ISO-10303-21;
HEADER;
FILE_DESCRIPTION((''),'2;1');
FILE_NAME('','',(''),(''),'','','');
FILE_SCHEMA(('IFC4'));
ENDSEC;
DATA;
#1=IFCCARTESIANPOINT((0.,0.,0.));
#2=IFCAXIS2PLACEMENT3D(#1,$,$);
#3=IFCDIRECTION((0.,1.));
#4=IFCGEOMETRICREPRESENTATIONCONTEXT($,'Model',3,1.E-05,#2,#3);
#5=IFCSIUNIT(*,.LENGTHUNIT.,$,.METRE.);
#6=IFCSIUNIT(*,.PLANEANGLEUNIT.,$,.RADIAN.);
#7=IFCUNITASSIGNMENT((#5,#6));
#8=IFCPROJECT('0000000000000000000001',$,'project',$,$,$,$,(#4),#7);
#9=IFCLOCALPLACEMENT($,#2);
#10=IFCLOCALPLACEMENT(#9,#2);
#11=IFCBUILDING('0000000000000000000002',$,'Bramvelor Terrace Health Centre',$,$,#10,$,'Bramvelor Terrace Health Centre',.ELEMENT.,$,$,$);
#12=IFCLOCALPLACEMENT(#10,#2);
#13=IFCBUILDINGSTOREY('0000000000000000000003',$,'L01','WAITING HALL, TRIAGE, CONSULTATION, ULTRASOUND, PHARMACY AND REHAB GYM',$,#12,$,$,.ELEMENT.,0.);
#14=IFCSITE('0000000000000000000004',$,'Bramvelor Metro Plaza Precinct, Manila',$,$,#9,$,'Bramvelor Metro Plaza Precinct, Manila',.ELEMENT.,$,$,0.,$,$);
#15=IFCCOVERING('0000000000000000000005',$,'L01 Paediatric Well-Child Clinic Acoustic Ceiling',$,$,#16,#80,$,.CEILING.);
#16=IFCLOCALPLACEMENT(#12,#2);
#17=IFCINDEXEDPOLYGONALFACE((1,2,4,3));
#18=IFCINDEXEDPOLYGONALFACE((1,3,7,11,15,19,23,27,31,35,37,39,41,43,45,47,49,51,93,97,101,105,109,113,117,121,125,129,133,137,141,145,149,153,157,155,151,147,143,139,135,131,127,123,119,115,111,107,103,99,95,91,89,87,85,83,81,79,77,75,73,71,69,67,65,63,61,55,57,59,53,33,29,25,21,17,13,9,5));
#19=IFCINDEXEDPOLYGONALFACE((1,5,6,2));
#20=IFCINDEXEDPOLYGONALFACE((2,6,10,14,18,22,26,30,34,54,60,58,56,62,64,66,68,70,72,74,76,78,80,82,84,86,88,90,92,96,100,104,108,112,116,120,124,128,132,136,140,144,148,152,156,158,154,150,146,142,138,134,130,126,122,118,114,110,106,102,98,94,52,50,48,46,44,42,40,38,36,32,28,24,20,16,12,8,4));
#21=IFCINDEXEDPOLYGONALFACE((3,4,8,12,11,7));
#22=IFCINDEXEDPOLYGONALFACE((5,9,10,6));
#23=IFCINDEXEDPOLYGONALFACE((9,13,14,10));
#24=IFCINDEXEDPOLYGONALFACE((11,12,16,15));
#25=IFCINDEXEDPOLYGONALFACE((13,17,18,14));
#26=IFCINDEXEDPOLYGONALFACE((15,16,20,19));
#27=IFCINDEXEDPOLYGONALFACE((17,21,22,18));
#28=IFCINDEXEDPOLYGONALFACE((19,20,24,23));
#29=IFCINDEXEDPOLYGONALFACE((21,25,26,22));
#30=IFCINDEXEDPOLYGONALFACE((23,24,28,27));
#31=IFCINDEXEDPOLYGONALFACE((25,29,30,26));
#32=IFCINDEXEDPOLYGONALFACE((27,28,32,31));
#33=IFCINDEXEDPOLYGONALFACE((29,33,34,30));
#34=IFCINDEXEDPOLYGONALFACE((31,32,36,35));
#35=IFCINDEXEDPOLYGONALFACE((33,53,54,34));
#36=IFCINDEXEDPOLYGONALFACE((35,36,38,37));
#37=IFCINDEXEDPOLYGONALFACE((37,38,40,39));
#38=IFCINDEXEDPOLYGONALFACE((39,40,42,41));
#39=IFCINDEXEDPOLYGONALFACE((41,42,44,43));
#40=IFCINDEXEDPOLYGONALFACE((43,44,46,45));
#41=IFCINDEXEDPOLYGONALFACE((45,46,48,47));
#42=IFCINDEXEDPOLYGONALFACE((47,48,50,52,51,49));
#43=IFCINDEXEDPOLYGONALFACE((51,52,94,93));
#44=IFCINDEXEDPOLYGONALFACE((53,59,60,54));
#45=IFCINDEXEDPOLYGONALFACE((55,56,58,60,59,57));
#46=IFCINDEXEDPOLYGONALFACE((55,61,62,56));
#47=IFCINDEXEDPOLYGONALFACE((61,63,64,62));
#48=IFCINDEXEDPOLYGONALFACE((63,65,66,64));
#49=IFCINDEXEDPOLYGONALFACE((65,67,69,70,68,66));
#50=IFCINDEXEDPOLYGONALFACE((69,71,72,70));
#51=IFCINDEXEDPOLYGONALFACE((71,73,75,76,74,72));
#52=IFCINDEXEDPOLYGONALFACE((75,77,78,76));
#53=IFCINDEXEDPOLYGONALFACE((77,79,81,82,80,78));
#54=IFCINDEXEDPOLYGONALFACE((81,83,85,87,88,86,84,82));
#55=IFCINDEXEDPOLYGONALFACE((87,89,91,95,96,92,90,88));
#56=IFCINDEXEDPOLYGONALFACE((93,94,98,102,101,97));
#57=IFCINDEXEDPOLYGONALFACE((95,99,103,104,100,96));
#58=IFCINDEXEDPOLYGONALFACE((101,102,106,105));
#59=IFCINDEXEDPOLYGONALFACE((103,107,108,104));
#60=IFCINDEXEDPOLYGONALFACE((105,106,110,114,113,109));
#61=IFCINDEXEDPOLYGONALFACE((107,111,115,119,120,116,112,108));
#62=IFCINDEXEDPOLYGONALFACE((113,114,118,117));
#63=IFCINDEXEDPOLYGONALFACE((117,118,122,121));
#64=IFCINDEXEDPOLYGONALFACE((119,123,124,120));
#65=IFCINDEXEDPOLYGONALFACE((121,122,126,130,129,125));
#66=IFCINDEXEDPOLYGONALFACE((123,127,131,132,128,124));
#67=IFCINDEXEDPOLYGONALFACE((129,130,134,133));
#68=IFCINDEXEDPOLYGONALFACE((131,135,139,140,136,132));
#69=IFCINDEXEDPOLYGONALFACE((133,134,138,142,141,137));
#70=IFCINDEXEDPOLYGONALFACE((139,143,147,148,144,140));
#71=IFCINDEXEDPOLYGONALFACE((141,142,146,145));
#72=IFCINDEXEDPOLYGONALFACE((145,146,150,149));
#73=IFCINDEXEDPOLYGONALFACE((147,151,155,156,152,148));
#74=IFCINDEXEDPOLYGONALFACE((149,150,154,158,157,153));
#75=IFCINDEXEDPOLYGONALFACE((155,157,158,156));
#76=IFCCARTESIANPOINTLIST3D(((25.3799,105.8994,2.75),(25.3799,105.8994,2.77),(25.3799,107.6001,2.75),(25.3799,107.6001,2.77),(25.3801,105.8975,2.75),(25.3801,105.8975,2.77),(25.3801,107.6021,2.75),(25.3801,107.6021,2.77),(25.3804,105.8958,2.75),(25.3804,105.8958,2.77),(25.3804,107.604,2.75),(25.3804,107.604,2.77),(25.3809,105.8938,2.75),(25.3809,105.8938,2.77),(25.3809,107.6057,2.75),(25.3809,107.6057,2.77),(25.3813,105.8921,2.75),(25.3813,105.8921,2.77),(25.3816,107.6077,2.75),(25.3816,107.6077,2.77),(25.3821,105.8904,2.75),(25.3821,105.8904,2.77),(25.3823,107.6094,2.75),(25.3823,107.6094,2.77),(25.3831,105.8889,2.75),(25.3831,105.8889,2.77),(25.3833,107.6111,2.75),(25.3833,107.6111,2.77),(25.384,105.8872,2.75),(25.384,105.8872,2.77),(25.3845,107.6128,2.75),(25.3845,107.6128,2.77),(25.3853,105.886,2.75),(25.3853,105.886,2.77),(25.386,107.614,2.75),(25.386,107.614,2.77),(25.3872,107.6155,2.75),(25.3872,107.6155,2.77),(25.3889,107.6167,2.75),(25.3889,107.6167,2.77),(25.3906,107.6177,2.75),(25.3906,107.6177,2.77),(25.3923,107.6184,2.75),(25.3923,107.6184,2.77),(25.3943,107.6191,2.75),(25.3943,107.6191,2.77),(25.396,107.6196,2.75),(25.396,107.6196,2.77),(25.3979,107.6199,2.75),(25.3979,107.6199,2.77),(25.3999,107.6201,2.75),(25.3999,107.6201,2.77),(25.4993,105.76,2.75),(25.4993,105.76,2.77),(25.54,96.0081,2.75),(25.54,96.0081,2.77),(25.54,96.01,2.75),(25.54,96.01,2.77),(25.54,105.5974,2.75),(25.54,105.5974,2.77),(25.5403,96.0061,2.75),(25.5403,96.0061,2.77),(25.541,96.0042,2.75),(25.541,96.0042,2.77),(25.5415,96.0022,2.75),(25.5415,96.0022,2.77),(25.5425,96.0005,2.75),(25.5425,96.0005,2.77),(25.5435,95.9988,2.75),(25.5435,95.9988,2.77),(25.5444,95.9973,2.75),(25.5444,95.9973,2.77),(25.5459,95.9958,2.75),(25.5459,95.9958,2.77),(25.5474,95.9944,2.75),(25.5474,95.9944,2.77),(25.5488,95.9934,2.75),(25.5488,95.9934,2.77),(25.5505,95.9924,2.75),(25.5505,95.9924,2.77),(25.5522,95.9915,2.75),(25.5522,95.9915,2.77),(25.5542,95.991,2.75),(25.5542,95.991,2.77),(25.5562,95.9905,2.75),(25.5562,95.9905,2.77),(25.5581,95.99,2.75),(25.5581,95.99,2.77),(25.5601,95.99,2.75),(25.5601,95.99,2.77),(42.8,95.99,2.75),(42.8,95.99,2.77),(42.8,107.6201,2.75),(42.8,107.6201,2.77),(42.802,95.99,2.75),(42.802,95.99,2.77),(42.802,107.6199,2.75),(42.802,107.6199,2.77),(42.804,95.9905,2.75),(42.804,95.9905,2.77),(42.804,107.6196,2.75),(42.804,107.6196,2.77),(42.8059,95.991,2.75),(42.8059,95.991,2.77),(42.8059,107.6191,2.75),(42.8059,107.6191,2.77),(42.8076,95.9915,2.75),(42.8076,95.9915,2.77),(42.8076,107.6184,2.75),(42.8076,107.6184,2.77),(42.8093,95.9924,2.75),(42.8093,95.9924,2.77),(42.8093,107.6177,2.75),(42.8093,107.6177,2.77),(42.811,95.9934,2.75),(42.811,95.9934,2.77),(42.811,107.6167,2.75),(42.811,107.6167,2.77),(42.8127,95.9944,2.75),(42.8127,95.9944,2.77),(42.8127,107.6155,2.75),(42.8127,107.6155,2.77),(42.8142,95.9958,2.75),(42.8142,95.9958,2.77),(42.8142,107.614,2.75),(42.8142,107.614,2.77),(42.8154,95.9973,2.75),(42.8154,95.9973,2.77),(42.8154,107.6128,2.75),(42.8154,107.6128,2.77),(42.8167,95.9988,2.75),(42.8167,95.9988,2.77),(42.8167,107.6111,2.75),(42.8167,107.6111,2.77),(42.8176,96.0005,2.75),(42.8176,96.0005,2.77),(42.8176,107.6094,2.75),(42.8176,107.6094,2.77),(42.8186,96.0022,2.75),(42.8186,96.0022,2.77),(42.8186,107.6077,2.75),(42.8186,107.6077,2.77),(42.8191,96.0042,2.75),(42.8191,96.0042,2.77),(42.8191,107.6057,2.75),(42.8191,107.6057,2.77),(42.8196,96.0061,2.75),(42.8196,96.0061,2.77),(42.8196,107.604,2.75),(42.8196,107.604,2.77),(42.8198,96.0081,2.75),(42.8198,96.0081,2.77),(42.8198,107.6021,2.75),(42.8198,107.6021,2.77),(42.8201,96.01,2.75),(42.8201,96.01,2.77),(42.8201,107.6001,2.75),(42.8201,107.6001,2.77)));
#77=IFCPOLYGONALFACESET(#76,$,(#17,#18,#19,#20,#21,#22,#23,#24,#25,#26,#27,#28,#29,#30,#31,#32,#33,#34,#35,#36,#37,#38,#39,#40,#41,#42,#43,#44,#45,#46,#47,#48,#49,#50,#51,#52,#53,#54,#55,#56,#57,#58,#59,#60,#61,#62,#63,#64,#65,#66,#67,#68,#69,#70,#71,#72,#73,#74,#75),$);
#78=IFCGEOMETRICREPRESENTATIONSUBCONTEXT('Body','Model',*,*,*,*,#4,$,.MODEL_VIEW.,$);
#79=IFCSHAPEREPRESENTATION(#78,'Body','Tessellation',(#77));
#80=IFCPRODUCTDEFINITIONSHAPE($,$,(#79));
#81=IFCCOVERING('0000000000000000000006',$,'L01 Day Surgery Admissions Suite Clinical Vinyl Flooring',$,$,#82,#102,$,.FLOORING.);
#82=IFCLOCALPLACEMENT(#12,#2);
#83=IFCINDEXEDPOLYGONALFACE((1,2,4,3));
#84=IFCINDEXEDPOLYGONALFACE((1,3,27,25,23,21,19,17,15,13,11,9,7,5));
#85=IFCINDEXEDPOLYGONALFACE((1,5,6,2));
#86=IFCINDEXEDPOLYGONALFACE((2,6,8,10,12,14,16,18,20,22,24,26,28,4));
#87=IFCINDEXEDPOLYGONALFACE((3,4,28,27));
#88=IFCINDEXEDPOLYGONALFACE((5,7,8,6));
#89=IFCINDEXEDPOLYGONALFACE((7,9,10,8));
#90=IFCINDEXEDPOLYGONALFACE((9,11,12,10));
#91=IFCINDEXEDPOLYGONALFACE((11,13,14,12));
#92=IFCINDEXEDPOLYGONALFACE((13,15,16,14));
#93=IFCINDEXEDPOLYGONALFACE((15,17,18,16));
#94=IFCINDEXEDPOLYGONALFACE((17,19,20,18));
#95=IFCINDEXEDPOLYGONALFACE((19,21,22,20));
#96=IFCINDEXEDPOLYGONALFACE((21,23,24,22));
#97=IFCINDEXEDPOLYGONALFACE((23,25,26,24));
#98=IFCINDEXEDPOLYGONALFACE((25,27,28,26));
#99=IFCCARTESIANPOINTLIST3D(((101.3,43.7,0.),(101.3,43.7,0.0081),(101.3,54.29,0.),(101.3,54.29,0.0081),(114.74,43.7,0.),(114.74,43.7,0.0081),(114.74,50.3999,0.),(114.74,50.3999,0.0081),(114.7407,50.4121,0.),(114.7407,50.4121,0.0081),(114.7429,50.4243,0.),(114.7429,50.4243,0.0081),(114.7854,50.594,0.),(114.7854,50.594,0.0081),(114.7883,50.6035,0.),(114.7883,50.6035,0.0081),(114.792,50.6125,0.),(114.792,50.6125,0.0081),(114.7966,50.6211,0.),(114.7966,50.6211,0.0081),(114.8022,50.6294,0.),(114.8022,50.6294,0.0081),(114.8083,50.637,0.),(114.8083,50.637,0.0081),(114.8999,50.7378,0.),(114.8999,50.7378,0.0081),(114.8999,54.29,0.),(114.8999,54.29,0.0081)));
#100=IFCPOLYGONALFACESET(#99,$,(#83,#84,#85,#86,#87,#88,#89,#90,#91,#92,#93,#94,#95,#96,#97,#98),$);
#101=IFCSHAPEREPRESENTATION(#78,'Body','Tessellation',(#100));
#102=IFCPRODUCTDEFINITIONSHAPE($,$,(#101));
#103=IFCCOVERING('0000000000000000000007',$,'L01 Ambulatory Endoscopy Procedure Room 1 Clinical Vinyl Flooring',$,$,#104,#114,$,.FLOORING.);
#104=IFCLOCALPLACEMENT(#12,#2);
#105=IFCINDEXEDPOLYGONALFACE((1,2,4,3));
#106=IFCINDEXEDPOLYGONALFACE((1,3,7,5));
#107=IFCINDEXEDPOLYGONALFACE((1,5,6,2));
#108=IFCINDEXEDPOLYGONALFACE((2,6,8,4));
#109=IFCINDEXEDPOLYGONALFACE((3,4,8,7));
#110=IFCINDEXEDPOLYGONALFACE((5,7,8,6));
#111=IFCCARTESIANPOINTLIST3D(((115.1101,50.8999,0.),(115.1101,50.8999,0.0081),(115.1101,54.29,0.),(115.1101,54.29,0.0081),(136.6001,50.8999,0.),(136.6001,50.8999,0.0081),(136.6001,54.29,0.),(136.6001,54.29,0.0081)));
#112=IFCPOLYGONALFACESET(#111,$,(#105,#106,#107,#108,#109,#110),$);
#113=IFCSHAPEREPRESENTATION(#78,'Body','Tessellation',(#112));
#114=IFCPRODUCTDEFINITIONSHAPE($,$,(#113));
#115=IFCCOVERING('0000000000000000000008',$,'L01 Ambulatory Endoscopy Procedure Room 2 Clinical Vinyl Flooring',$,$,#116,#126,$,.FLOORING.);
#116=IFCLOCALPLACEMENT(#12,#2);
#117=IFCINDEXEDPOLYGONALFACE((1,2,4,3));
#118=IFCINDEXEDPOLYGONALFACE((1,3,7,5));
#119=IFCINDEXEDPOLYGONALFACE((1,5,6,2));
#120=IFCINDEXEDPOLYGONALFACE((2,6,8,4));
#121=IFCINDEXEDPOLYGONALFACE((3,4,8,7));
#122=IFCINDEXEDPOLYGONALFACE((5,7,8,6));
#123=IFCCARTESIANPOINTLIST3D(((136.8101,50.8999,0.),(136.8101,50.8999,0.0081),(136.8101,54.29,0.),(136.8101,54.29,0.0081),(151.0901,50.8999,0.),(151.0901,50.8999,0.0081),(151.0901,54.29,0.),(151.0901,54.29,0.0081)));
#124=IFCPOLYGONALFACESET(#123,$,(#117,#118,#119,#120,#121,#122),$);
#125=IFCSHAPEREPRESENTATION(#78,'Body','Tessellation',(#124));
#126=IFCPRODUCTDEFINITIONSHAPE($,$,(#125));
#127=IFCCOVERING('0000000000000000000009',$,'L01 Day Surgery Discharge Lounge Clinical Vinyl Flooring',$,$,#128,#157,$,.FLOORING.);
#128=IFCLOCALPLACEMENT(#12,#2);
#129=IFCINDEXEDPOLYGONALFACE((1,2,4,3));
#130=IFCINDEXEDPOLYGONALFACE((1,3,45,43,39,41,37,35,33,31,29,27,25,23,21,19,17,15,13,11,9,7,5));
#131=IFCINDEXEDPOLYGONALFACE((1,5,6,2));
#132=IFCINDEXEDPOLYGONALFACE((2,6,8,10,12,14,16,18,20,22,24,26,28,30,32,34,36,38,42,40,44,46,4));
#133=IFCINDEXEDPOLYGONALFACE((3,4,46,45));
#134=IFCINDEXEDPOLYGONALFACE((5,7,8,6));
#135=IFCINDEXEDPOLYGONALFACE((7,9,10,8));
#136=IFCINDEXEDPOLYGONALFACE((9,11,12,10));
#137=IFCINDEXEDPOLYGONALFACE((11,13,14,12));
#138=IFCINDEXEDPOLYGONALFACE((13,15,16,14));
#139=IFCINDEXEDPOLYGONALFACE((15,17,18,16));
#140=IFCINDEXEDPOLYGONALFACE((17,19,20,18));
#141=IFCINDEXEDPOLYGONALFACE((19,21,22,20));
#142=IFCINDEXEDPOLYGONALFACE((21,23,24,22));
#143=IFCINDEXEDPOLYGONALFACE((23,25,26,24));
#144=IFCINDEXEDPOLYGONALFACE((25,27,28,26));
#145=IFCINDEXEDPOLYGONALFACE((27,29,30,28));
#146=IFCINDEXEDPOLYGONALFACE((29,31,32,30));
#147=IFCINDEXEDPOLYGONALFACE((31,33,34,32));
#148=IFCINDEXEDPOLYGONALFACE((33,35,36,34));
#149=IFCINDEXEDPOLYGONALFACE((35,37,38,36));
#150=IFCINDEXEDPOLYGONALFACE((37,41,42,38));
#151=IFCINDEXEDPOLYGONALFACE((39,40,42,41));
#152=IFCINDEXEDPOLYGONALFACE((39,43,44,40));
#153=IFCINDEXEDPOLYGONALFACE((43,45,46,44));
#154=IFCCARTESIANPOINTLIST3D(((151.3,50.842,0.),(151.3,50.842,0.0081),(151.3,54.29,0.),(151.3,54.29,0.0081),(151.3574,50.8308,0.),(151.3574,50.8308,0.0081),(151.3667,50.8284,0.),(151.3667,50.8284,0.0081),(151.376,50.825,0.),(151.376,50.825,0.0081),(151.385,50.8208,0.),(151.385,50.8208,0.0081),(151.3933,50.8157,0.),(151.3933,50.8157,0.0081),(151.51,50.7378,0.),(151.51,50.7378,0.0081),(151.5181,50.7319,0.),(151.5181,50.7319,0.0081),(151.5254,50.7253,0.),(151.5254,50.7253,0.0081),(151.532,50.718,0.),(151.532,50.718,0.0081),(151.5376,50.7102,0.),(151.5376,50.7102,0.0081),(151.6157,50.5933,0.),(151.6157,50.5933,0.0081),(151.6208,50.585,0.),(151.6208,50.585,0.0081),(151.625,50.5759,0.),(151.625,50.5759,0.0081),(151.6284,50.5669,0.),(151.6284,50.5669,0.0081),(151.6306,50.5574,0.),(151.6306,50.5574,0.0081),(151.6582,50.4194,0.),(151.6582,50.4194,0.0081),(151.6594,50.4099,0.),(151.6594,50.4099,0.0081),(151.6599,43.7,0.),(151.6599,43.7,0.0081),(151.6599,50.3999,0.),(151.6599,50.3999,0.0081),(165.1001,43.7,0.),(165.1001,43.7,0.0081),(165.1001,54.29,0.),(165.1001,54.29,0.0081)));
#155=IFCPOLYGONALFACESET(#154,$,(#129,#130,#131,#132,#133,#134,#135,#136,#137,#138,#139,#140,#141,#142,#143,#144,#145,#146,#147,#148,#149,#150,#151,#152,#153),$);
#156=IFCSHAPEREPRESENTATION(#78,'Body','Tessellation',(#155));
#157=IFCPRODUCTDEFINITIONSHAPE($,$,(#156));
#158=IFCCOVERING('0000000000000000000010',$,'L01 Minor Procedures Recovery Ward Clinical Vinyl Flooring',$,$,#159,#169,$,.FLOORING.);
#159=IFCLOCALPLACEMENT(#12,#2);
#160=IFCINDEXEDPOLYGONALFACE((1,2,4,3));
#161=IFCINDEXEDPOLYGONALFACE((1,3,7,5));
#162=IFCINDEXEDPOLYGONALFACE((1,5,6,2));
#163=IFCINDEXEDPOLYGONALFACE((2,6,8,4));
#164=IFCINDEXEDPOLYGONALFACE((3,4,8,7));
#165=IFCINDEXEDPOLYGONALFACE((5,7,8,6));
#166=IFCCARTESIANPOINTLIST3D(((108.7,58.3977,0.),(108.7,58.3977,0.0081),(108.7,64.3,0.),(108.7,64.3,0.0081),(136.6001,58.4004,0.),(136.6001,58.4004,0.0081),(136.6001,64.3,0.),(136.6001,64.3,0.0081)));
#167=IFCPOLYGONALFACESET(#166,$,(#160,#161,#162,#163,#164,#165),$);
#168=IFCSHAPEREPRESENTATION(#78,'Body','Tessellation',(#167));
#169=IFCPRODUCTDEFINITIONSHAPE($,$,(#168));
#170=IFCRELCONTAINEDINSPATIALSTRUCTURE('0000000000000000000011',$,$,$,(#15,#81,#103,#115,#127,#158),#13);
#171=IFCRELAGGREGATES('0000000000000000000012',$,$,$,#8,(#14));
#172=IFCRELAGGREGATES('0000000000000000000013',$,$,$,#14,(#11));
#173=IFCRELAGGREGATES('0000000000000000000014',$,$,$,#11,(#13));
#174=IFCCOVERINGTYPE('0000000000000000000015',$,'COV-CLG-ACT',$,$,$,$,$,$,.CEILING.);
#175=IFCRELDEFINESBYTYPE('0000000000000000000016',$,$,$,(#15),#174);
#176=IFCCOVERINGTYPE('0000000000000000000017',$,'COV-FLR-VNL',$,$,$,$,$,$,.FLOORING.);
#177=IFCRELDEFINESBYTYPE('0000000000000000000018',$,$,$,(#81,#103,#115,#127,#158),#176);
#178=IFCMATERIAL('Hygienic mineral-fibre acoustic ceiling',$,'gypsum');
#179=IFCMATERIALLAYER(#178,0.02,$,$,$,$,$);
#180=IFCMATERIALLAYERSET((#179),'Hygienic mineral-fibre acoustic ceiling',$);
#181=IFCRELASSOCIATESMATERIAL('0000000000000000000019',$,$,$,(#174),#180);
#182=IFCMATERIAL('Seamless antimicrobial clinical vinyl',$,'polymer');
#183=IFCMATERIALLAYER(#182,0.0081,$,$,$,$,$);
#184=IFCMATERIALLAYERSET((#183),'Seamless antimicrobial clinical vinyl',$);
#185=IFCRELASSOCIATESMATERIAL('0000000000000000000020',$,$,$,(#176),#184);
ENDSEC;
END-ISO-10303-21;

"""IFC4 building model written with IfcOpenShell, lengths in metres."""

from ifc_helpers import new_model, si_unit, direction, frame, origin, place, context, subcontext, project, spatial, polyline, outline, extrude, material, layer, layer_set, type_object, element, save


model = new_model("IFC4")

# Units and contexts
model_context = context("Model", 3, precision=1e-05, world=origin(), true_north=direction((0.0, 1.0)))
body_context = subcontext(model_context, "Body", "Model", "MODEL_VIEW")
ifc_project = project(units=[si_unit("LENGTHUNIT", "METRE"), si_unit("PLANEANGLEUNIT", "RADIAN")], contexts=[model_context])

# Site, building, storey
site_placement = place(None, origin())
site = spatial("IfcSite", under=ifc_project, at=site_placement, Name="Bramvelor Metro Plaza Precinct, Manila", LongName="Bramvelor Metro Plaza Precinct, Manila", CompositionType="ELEMENT", RefElevation=0.0)
building_placement = place(site_placement, origin())
building = spatial("IfcBuilding", under=site, at=building_placement, Name="Bramvelor Terrace Health Centre", LongName="Bramvelor Terrace Health Centre", CompositionType="ELEMENT")
storey_placement = place(building_placement, origin())
storey = spatial("IfcBuildingStorey", under=building, at=storey_placement, Name="L01", Description="WAITING HALL, TRIAGE, CONSULTATION, ULTRASOUND, PHARMACY AND REHAB GYM", CompositionType="ELEMENT", Elevation=0.0)

# Coverings
ifc_material_1 = material(Name="Hygienic mineral-fibre acoustic ceiling", Category="gypsum")
ifc_layer_1 = layer(ifc_material_1, 0.02)
ifc_layer_set_1 = layer_set([ifc_layer_1], Name="Hygienic mineral-fibre acoustic ceiling")
covering_type_1 = type_object("IfcCoveringType", Name="COV-CLG-ACT", PredefinedType="CEILING", material=ifc_layer_set_1)
covering_1_placement = place(storey_placement, frame((0.0, 0.0, 2.75)))
element("IfcCovering", 1, at=covering_1_placement, inside=storey, type_object=covering_type_1, Name="L01 Paediatric Well-Child Clinic Acoustic Ceiling", PredefinedType="CEILING", context=body_context, shape_type="SweptSolid", body=[
    extrude(outline(polyline([(42.8, 107.6201), (42.802, 107.6199), (42.804, 107.6196), (42.8059, 107.6191), (42.8076, 107.6184), (42.8093, 107.6177), (42.811, 107.6167), (42.8127, 107.6155), (42.8142, 107.614), (42.8154, 107.6128), (42.8167, 107.6111), (42.8176, 107.6094), (42.8186, 107.6077), (42.8191, 107.6057), (42.8196, 107.604), (42.8198, 107.6021), (42.8201, 107.6001), (42.8201, 96.01), (42.8198, 96.0081), (42.8196, 96.0061), (42.8191, 96.0042), (42.8186, 96.0022), (42.8176, 96.0005), (42.8167, 95.9988), (42.8154, 95.9973), (42.8142, 95.9958), (42.8127, 95.9944), (42.811, 95.9934), (42.8093, 95.9924), (42.8076, 95.9915), (42.8059, 95.991), (42.804, 95.9905), (42.802, 95.99), (42.8, 95.99), (25.5601, 95.99), (25.5581, 95.99), (25.5562, 95.9905), (25.5542, 95.991), (25.5522, 95.9915), (25.5505, 95.9924), (25.5488, 95.9934), (25.5474, 95.9944), (25.5459, 95.9958), (25.5444, 95.9973), (25.5435, 95.9988), (25.5425, 96.0005), (25.5415, 96.0022), (25.541, 96.0042), (25.5403, 96.0061), (25.54, 96.0081), (25.54, 96.01), (25.54, 105.5974), (25.4993, 105.76), (25.3853, 105.886), (25.384, 105.8872), (25.3831, 105.8889), (25.3821, 105.8904), (25.3813, 105.8921), (25.3809, 105.8938), (25.3804, 105.8958), (25.3801, 105.8975), (25.3799, 105.8994), (25.3799, 107.6001), (25.3801, 107.6021), (25.3804, 107.604), (25.3809, 107.6057), (25.3816, 107.6077), (25.3823, 107.6094), (25.3833, 107.6111), (25.3845, 107.6128), (25.386, 107.614), (25.3872, 107.6155), (25.3889, 107.6167), (25.3906, 107.6177), (25.3923, 107.6184), (25.3943, 107.6191), (25.396, 107.6196), (25.3979, 107.6199), (25.3999, 107.6201), (42.8, 107.6201)])), origin(), (0.0, 0.0, 1.0), 0.02),
])
ifc_material_2 = material(Name="Seamless antimicrobial clinical vinyl", Category="polymer")
ifc_layer_2 = layer(ifc_material_2, 0.0081)
ifc_layer_set_2 = layer_set([ifc_layer_2], Name="Seamless antimicrobial clinical vinyl")
covering_type_2 = type_object("IfcCoveringType", Name="COV-FLR-VNL", PredefinedType="FLOORING", material=ifc_layer_set_2)
covering_2_placement = place(storey_placement, origin())
element("IfcCovering", 2, at=covering_2_placement, inside=storey, type_object=covering_type_2, Name="L01 Day Surgery Admissions Suite Clinical Vinyl Flooring", PredefinedType="FLOORING", context=body_context, shape_type="SweptSolid", body=[
    extrude(outline(polyline([(101.3, 54.29), (114.8999, 54.29), (114.8999, 50.7378), (114.8083, 50.637), (114.8022, 50.6294), (114.7966, 50.6211), (114.792, 50.6125), (114.7883, 50.6035), (114.7854, 50.594), (114.7429, 50.4243), (114.7407, 50.4121), (114.74, 50.3999), (114.74, 43.7), (101.3, 43.7), (101.3, 54.29)])), origin(), (0.0, 0.0, 1.0), 0.0081),
])
covering_3_placement = place(storey_placement, origin())
element("IfcCovering", 3, at=covering_3_placement, inside=storey, type_object=covering_type_2, Name="L01 Ambulatory Endoscopy Procedure Room 1 Clinical Vinyl Flooring", PredefinedType="FLOORING", context=body_context, shape_type="SweptSolid", body=[
    extrude(outline(polyline([(115.1101, 54.29), (136.6001, 54.29), (136.6001, 50.8999), (115.1101, 50.8999), (115.1101, 54.29)])), origin(), (0.0, 0.0, 1.0), 0.0081),
])
covering_4_placement = place(storey_placement, origin())
element("IfcCovering", 4, at=covering_4_placement, inside=storey, type_object=covering_type_2, Name="L01 Ambulatory Endoscopy Procedure Room 2 Clinical Vinyl Flooring", PredefinedType="FLOORING", context=body_context, shape_type="SweptSolid", body=[
    extrude(outline(polyline([(136.8101, 54.29), (151.0901, 54.29), (151.0901, 50.8999), (136.8101, 50.8999), (136.8101, 54.29)])), origin(), (0.0, 0.0, 1.0), 0.0081),
])
covering_5_placement = place(storey_placement, origin())
element("IfcCovering", 5, at=covering_5_placement, inside=storey, type_object=covering_type_2, Name="L01 Day Surgery Discharge Lounge Clinical Vinyl Flooring", PredefinedType="FLOORING", context=body_context, shape_type="SweptSolid", body=[
    extrude(outline(polyline([(165.1001, 54.29), (165.1001, 43.7), (151.6599, 43.7), (151.6599, 50.3999), (151.6594, 50.4099), (151.6582, 50.4194), (151.6306, 50.5574), (151.6284, 50.5669), (151.625, 50.5759), (151.6208, 50.585), (151.6157, 50.5933), (151.5376, 50.7102), (151.532, 50.718), (151.5254, 50.7253), (151.5181, 50.7319), (151.51, 50.7378), (151.3933, 50.8157), (151.385, 50.8208), (151.376, 50.825), (151.3667, 50.8284), (151.3574, 50.8308), (151.3, 50.842), (151.3, 54.29), (165.1001, 54.29)])), origin(), (0.0, 0.0, 1.0), 0.0081),
])
covering_6_placement = place(storey_placement, origin())
element("IfcCovering", 6, at=covering_6_placement, inside=storey, type_object=covering_type_2, Name="L01 Minor Procedures Recovery Ward Clinical Vinyl Flooring", PredefinedType="FLOORING", context=body_context, shape_type="SweptSolid", body=[
    extrude(outline(polyline([(108.7, 64.3), (136.6001, 64.3), (136.6001, 58.4004), (108.7, 58.3977), (108.7, 64.3)])), origin(), (0.0, 0.0, 1.0), 0.0081),
])

save(model, "model.ifc")
